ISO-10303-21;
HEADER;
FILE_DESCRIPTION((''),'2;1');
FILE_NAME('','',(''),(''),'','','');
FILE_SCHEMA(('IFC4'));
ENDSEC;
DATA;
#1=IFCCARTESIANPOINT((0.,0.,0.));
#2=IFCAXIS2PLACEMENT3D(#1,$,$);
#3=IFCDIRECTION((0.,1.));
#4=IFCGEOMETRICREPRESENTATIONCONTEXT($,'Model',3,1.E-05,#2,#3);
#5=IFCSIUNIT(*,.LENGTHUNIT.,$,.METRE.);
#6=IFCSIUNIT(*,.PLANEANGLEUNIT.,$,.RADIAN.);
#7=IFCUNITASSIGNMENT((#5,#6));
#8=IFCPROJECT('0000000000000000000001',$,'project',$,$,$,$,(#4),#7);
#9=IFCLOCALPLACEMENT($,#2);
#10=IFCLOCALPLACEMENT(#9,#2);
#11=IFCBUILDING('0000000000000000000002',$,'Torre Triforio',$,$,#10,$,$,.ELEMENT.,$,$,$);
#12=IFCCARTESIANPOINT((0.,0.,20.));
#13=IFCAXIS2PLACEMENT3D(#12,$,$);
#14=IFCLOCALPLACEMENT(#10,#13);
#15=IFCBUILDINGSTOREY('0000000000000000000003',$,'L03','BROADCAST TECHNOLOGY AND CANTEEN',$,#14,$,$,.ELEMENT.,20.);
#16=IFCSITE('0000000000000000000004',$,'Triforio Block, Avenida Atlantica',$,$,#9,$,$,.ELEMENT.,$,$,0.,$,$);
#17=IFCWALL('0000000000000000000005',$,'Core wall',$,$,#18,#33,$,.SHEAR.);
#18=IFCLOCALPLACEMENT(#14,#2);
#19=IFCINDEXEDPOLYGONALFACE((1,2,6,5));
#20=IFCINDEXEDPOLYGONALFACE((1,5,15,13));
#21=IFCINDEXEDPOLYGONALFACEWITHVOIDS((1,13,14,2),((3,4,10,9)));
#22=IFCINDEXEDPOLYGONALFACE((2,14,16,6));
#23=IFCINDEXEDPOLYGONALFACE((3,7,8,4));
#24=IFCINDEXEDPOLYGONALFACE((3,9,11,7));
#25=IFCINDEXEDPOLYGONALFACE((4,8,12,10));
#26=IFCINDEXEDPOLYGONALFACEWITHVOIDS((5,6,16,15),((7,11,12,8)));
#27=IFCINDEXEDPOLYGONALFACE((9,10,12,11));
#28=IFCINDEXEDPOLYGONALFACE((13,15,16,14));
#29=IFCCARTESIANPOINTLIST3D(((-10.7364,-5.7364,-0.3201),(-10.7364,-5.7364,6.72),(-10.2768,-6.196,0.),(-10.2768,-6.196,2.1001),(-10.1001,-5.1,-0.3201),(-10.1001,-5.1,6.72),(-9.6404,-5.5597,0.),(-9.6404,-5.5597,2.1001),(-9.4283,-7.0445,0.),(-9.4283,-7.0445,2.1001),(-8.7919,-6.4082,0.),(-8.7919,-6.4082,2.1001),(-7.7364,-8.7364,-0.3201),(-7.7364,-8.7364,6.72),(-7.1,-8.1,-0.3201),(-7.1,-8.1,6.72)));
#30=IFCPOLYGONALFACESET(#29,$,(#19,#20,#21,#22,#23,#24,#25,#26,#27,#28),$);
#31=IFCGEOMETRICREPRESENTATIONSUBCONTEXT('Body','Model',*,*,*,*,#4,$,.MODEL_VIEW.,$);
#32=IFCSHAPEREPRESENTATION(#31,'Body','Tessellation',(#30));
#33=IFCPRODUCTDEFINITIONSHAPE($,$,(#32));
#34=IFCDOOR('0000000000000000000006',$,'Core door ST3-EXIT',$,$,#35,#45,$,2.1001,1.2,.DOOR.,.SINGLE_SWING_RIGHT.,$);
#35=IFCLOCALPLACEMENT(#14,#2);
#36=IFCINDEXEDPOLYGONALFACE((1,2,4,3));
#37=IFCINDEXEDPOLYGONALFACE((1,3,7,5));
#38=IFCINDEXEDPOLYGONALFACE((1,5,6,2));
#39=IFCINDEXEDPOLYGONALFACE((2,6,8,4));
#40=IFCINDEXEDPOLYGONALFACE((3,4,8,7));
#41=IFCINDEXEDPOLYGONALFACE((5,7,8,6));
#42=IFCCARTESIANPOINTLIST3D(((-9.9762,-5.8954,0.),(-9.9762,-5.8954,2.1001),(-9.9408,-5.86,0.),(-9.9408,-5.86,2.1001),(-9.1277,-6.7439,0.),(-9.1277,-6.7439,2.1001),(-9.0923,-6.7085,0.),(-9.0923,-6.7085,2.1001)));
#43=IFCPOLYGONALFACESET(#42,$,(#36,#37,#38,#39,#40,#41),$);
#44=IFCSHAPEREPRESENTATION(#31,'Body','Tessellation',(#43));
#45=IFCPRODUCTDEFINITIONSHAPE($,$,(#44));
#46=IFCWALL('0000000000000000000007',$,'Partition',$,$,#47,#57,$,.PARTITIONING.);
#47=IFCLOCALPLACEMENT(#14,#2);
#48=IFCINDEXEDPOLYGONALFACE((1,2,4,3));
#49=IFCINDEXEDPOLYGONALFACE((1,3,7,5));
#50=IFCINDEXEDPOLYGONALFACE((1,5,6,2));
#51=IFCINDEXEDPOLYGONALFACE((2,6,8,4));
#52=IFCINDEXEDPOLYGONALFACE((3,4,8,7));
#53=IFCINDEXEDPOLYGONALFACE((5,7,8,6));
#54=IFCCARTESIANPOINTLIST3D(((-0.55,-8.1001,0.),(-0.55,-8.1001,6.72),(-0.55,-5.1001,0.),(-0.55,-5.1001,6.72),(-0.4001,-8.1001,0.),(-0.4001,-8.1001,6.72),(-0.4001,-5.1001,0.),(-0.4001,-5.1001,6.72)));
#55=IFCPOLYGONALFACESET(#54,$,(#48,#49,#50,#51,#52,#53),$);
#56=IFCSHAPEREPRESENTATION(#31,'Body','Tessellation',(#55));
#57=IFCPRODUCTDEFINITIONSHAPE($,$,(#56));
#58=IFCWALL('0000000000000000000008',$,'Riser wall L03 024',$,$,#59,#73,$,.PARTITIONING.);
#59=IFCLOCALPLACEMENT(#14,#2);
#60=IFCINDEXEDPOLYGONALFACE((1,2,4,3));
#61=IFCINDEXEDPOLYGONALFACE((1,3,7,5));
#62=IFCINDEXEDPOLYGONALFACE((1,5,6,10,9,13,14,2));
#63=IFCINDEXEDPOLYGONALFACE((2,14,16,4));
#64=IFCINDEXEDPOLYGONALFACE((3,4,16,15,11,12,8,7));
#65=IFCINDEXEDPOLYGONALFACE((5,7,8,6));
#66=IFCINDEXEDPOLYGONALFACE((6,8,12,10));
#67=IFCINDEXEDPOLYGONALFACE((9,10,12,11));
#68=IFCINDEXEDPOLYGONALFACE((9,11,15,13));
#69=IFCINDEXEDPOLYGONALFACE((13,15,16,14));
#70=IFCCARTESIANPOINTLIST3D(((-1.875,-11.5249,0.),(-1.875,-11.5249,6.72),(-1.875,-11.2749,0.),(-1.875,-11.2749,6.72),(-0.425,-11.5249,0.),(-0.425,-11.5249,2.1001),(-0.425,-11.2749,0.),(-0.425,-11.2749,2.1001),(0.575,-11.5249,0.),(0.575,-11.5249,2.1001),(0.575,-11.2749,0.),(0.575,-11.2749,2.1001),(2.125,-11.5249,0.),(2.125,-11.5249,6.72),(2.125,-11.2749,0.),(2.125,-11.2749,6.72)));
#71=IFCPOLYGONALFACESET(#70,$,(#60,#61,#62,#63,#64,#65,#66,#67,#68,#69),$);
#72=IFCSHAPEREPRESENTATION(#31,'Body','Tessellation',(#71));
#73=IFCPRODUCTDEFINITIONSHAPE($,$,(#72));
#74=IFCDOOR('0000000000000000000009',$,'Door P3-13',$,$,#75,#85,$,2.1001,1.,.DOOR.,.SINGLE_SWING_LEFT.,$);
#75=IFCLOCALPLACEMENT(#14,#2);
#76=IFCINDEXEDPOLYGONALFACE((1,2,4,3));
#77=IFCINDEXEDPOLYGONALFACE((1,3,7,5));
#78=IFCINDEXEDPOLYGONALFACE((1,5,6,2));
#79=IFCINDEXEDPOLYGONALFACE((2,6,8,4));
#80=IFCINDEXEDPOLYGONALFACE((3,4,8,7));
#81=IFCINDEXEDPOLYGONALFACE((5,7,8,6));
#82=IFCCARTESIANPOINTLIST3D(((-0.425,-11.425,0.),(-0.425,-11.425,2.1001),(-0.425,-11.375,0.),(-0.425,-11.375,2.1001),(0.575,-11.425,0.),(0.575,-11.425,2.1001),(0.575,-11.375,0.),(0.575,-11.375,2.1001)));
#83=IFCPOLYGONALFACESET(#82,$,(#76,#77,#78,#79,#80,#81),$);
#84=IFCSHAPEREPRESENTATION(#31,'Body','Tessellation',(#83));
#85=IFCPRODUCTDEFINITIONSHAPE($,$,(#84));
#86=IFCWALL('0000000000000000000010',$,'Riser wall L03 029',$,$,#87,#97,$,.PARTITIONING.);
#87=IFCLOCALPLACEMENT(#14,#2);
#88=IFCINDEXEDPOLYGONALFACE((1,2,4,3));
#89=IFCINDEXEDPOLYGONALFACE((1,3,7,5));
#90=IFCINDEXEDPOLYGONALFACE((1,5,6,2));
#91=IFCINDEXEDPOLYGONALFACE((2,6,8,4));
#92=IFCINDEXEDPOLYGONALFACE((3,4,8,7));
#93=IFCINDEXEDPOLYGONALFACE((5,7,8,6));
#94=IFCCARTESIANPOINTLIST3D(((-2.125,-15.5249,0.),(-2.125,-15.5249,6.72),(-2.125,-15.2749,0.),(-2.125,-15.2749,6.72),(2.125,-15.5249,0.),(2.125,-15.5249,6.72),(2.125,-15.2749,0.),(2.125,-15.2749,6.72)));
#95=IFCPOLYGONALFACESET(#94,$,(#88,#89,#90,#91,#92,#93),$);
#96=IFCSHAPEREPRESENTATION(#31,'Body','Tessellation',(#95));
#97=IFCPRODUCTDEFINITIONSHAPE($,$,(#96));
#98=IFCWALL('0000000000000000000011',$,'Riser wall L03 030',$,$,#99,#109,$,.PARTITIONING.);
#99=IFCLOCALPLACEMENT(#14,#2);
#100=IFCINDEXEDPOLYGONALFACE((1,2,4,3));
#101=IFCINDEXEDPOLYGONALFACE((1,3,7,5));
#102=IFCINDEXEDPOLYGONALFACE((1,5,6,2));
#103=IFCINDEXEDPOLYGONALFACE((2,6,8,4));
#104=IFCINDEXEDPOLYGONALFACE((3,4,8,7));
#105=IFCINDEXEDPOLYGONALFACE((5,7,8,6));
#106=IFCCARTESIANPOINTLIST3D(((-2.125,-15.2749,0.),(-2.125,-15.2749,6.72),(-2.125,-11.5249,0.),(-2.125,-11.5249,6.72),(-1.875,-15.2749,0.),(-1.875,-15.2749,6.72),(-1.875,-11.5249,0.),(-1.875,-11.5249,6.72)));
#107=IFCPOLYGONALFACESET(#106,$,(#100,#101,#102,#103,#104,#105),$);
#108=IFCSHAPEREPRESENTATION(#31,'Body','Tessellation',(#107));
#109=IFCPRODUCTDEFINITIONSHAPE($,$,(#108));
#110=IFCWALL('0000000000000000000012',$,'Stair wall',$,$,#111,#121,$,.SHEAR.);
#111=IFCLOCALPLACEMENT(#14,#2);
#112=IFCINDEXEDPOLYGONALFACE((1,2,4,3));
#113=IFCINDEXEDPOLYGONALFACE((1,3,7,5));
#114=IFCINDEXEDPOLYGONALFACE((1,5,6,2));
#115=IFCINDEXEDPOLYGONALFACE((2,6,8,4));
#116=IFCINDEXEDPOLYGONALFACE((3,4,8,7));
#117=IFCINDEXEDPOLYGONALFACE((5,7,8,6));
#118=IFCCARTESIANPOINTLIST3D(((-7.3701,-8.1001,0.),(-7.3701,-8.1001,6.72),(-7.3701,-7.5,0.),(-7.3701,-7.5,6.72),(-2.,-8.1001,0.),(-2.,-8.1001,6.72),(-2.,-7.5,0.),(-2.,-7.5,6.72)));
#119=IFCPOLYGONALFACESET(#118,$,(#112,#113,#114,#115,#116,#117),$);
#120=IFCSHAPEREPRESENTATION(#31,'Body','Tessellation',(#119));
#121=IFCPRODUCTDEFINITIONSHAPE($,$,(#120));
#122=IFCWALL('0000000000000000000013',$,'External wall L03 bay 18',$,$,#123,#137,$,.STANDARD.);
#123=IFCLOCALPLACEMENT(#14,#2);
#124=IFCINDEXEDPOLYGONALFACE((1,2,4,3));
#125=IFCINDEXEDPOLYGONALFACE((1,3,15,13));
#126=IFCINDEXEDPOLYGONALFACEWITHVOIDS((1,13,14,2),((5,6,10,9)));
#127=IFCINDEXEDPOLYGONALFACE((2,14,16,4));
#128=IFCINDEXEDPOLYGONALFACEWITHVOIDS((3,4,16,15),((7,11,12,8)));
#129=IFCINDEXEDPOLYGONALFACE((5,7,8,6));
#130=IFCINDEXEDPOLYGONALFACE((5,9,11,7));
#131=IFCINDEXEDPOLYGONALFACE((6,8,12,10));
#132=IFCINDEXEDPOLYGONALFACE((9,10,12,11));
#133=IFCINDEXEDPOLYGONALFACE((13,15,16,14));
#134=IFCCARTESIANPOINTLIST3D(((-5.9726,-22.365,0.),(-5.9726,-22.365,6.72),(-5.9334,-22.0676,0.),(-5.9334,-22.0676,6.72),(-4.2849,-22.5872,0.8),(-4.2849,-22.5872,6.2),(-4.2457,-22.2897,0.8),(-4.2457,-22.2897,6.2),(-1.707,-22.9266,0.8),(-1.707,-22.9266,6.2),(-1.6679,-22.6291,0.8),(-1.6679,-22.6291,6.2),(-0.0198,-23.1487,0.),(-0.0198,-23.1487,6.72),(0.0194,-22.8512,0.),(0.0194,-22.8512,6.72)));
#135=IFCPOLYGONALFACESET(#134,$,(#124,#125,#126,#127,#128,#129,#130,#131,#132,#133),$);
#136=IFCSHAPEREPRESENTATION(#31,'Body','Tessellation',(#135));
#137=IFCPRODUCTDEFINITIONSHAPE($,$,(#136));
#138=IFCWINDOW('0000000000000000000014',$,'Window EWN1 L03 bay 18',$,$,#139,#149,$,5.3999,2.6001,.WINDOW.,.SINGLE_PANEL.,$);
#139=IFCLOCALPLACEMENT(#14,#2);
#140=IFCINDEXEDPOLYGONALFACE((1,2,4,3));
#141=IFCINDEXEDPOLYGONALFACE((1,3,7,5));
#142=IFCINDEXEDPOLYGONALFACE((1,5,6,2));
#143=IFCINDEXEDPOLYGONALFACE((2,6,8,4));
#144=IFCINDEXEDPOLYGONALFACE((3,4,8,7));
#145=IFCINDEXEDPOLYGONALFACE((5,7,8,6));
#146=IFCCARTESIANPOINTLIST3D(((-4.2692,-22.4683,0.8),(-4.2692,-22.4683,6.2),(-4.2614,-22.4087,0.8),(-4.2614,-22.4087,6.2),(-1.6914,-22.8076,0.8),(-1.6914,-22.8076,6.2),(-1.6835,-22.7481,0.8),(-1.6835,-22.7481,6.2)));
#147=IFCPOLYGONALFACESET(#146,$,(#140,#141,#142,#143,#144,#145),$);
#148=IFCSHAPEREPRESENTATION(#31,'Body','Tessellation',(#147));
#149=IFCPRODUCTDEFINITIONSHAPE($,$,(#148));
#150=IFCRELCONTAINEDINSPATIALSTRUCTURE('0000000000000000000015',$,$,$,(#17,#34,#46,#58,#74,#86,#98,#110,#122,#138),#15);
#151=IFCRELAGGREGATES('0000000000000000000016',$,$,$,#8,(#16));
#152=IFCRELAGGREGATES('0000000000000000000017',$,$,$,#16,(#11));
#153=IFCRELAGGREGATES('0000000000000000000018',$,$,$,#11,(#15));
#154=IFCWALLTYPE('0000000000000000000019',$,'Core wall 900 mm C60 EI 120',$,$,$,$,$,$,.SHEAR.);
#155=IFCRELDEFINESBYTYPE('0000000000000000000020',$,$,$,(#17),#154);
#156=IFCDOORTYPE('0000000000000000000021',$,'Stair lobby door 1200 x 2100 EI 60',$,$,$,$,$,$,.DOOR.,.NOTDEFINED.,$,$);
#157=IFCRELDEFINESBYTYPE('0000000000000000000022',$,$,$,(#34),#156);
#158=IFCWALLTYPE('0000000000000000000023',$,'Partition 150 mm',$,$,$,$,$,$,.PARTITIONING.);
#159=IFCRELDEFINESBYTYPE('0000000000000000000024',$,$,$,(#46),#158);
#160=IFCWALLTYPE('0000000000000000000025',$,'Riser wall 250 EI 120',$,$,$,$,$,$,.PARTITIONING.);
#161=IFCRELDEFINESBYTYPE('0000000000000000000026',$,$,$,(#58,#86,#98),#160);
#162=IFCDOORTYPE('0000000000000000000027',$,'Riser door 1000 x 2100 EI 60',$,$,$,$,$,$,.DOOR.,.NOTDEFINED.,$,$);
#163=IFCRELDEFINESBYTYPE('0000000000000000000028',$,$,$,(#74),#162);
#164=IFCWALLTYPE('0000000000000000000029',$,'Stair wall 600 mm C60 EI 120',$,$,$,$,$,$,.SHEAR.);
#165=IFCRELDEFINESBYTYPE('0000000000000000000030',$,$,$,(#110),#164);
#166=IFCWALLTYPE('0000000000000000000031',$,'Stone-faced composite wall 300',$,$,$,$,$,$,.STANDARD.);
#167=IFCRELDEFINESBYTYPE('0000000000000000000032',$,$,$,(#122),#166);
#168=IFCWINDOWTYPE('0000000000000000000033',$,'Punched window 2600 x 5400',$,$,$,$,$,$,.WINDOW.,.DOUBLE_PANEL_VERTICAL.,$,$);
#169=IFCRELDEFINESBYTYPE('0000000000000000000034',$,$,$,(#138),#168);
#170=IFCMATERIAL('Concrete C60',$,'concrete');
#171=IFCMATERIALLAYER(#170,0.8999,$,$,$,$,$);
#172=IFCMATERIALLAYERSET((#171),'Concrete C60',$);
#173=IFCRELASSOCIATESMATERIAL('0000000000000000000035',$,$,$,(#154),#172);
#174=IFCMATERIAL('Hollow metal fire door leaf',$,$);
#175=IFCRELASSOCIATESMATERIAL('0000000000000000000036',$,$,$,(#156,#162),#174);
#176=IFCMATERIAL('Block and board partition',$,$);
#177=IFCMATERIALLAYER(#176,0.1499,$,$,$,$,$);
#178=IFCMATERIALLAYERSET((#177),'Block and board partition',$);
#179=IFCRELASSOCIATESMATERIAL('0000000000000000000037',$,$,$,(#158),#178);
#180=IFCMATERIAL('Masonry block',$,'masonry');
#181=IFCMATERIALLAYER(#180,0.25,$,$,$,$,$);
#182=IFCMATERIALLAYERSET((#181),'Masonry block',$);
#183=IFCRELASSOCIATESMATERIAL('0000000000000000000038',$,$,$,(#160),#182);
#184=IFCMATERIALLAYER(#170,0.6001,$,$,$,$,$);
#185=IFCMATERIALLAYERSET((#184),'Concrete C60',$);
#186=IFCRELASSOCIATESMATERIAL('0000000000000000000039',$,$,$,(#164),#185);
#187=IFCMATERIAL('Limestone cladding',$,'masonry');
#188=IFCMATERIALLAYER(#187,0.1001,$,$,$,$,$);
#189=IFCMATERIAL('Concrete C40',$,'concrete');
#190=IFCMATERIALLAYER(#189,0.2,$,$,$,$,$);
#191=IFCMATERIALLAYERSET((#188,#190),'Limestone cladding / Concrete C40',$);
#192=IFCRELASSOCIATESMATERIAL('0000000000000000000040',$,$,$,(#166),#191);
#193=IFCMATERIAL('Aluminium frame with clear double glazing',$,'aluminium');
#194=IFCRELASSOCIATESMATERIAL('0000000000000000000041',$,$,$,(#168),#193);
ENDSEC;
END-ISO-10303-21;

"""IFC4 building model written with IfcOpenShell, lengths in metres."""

from ifc_helpers import new_model, si_unit, direction, frame, frame_2d, origin, place, context, subcontext, project, spatial, rectangle, extrude, material, layer, layer_set, type_object, element, fill, save


model = new_model("IFC4")

# Units and contexts
model_context = context("Model", 3, precision=1e-05, world=origin(), true_north=direction((0.0, 1.0)))
body_context = subcontext(model_context, "Body", "Model", "MODEL_VIEW")
ifc_project = project(units=[si_unit("LENGTHUNIT", "METRE"), si_unit("PLANEANGLEUNIT", "RADIAN")], contexts=[model_context])

# Site, building, storey
site_placement = place(None, origin())
site = spatial("IfcSite", under=ifc_project, at=site_placement, Name="Triforio Block, Avenida Atlantica", CompositionType="ELEMENT", RefElevation=0.0)
building_placement = place(site_placement, origin())
building = spatial("IfcBuilding", under=site, at=building_placement, Name="Torre Triforio", CompositionType="ELEMENT")
storey_placement = place(building_placement, frame((0.0, 0.0, 20.0)))
storey = spatial("IfcBuildingStorey", under=building, at=storey_placement, Name="L03", Description="BROADCAST TECHNOLOGY AND CANTEEN", CompositionType="ELEMENT", Elevation=20.0)

# Shared definitions
ifc_material_1 = material(Name="Concrete C60", Category="concrete")

# Shared definitions
ifc_layer_1 = layer(ifc_material_1, 0.8999)
ifc_layer_set_1 = layer_set([ifc_layer_1], Name="Concrete C60")
wall_type_1 = type_object("IfcWallType", Name="Core wall 900 mm C60 EI 120", PredefinedType="SHEAR", material=ifc_layer_set_1)
ifc_material_2 = material(Name="Hollow metal fire door leaf")

# Wall, opening, door
wall_1_placement = place(storey_placement, frame((-7.4182, -8.4182, -0.3201), z_axis=(0.0, 0.0, 1.0), x_axis=(-0.707107, 0.707107, 0.0)))
wall_1 = element("IfcWall", 1, at=wall_1_placement, inside=storey, type_object=wall_type_1, Name="Core wall", PredefinedType="SHEAR", context=body_context, shape_type="SweptSolid", body=[
    extrude(rectangle(XDim=4.2427, YDim=0.8999, at=frame_2d((2.1213, 0.0))), origin(), (0.0, 0.0, 1.0), 7.04),
])
opening_1_placement = place(wall_1_placement, frame((2.3926, 0.0, 0.3201)))
opening_1 = element("IfcOpeningElement", 2, at=opening_1_placement, cuts=wall_1, PredefinedType="OPENING", context=body_context, shape_type="SweptSolid", body=[
    extrude(rectangle(XDim=1.2, YDim=2.1001, at=frame_2d((0.6001, 1.05))), frame((0.0, 0.46, 0.0), z_axis=(0.0, -1.0, 0.0), x_axis=(1.0, 0.0, 0.0)), (0.0, 0.0, 1.0), 0.9199),
])
door_type_1 = type_object("IfcDoorType", Name="Stair lobby door 1200 x 2100 EI 60", OperationType="NOTDEFINED", PredefinedType="DOOR", material=ifc_material_2)
door_1_placement = place(opening_1_placement, origin())
door_1 = element("IfcDoor", 3, at=door_1_placement, inside=storey, type_object=door_type_1, Name="Core door ST3-EXIT", OperationType="SINGLE_SWING_RIGHT", OverallHeight=2.1001, OverallWidth=1.2, PredefinedType="DOOR", context=body_context, shape_type="SweptSolid", body=[
    extrude(rectangle(XDim=1.2, YDim=2.1001, at=frame_2d((0.6001, 1.05))), frame((0.0, 0.0249, 0.0), z_axis=(0.0, -1.0, 0.0), x_axis=(1.0, 0.0, 0.0)), (0.0, 0.0, 1.0), 0.05),
])
fill(opening_1, door_1)

# Wall
ifc_material_3 = material(Name="Block and board partition")
ifc_layer_2 = layer(ifc_material_3, 0.1499)
ifc_layer_set_2 = layer_set([ifc_layer_2], Name="Block and board partition")
wall_type_2 = type_object("IfcWallType", Name="Partition 150 mm", PredefinedType="PARTITIONING", material=ifc_layer_set_2)
wall_2_placement = place(storey_placement, frame((-0.4751, -8.1001, 0.0), z_axis=(0.0, 0.0, 1.0), x_axis=(0.0, 1.0, 0.0)))
element("IfcWall", 4, at=wall_2_placement, inside=storey, type_object=wall_type_2, Name="Partition", PredefinedType="PARTITIONING", context=body_context, shape_type="SweptSolid", body=[
    extrude(rectangle(XDim=3.0, YDim=0.1499, at=frame_2d((1.5, 0.0))), origin(), (0.0, 0.0, 1.0), 6.72),
])

# Wall, opening, door
ifc_material_4 = material(Name="Masonry block", Category="masonry")
ifc_layer_3 = layer(ifc_material_4, 0.25)
ifc_layer_set_3 = layer_set([ifc_layer_3], Name="Masonry block")
wall_type_3 = type_object("IfcWallType", Name="Riser wall 250 EI 120", PredefinedType="PARTITIONING", material=ifc_layer_set_3)
wall_3_placement = place(storey_placement, frame((-1.875, -11.3999, 0.0), z_axis=(0.0, 0.0, 1.0), x_axis=(1.0, 0.0, 0.0)))
wall_3 = element("IfcWall", 5, at=wall_3_placement, inside=storey, type_object=wall_type_3, Name="Riser wall L03 024", PredefinedType="PARTITIONING", context=body_context, shape_type="SweptSolid", body=[
    extrude(rectangle(XDim=4.0, YDim=0.25, at=frame_2d((2.0, 0.0))), origin(), (0.0, 0.0, 1.0), 6.72),
])
opening_2_placement = place(wall_3_placement, frame((1.45, 0.0, 0.0)))
opening_2 = element("IfcOpeningElement", 6, at=opening_2_placement, cuts=wall_3, PredefinedType="OPENING", context=body_context, shape_type="SweptSolid", body=[
    extrude(rectangle(XDim=1.0, YDim=2.1001, at=frame_2d((0.5, 1.05))), frame((0.0, 0.135, 0.0), z_axis=(0.0, -1.0, 0.0), x_axis=(1.0, 0.0, 0.0)), (0.0, 0.0, 1.0), 0.27),
])
door_type_2 = type_object("IfcDoorType", Name="Riser door 1000 x 2100 EI 60", OperationType="NOTDEFINED", PredefinedType="DOOR", material=ifc_material_2)
door_2_placement = place(opening_2_placement, origin())
door_2 = element("IfcDoor", 7, at=door_2_placement, inside=storey, type_object=door_type_2, Name="Door P3-13", OperationType="SINGLE_SWING_LEFT", OverallHeight=2.1001, OverallWidth=1.0, PredefinedType="DOOR", context=body_context, shape_type="SweptSolid", body=[
    extrude(rectangle(XDim=1.0, YDim=2.1001, at=frame_2d((0.5, 1.05))), frame((0.0, 0.0249, 0.0), z_axis=(0.0, -1.0, 0.0), x_axis=(1.0, 0.0, 0.0)), (0.0, 0.0, 1.0), 0.05),
])
fill(opening_2, door_2)

# Walls
wall_4_placement = place(storey_placement, frame((-2.125, -15.3999, 0.0), z_axis=(0.0, 0.0, 1.0), x_axis=(1.0, 0.0, 0.0)))
element("IfcWall", 8, at=wall_4_placement, inside=storey, type_object=wall_type_3, Name="Riser wall L03 029", PredefinedType="PARTITIONING", context=body_context, shape_type="SweptSolid", body=[
    extrude(rectangle(XDim=4.25, YDim=0.25, at=frame_2d((2.125, 0.0))), origin(), (0.0, 0.0, 1.0), 6.72),
])
wall_5_placement = place(storey_placement, frame((-2.0, -15.2749, 0.0), z_axis=(0.0, 0.0, 1.0), x_axis=(0.0, 1.0, 0.0)))
element("IfcWall", 9, at=wall_5_placement, inside=storey, type_object=wall_type_3, Name="Riser wall L03 030", PredefinedType="PARTITIONING", context=body_context, shape_type="SweptSolid", body=[
    extrude(rectangle(XDim=3.75, YDim=0.25, at=frame_2d((1.875, 0.0))), origin(), (0.0, 0.0, 1.0), 6.72),
])
ifc_layer_4 = layer(ifc_material_1, 0.6001)
ifc_layer_set_4 = layer_set([ifc_layer_4], Name="Concrete C60")
wall_type_4 = type_object("IfcWallType", Name="Stair wall 600 mm C60 EI 120", PredefinedType="SHEAR", material=ifc_layer_set_4)
wall_6_placement = place(storey_placement, frame((-7.3701, -7.8, 0.0), z_axis=(0.0, 0.0, 1.0), x_axis=(1.0, 0.0, 0.0)))
element("IfcWall", 10, at=wall_6_placement, inside=storey, type_object=wall_type_4, Name="Stair wall", PredefinedType="SHEAR", context=body_context, shape_type="SweptSolid", body=[
    extrude(rectangle(XDim=5.3701, YDim=0.6001, at=frame_2d((2.6851, 0.0))), origin(), (0.0, 0.0, 1.0), 6.72),
])

# Wall, opening, window
ifc_material_5 = material(Name="Limestone cladding", Category="masonry")
ifc_layer_5 = layer(ifc_material_5, 0.1001)
ifc_material_6 = material(Name="Concrete C40", Category="concrete")
ifc_layer_6 = layer(ifc_material_6, 0.2)
ifc_layer_set_5 = layer_set([ifc_layer_5, ifc_layer_6], Name="Limestone cladding / Concrete C40")
wall_type_5 = type_object("IfcWallType", Name="Stone-faced composite wall 300", PredefinedType="STANDARD", material=ifc_layer_set_5)
wall_7_placement = place(storey_placement, frame((-5.9529, -22.2163, 0.0), z_axis=(0.0, 0.0, 1.0), x_axis=(0.991445, -0.130523, 0.0)))
wall_7 = element("IfcWall", 11, at=wall_7_placement, inside=storey, type_object=wall_type_5, Name="External wall L03 bay 18", PredefinedType="STANDARD", context=body_context, shape_type="SweptSolid", body=[
    extrude(rectangle(XDim=6.0042, YDim=0.3, at=frame_2d((3.002, 0.0))), origin(), (0.0, 0.0, 1.0), 6.72),
])
opening_3_placement = place(wall_7_placement, frame((1.7021, 0.0, 0.8)))
opening_3 = element("IfcOpeningElement", 12, at=opening_3_placement, cuts=wall_7, PredefinedType="OPENING", context=body_context, shape_type="SweptSolid", body=[
    extrude(rectangle(XDim=2.6001, YDim=5.3999, at=frame_2d((1.3, 2.7))), frame((0.0, 0.1599, 0.0), z_axis=(0.0, -1.0, 0.0), x_axis=(1.0, 0.0, 0.0)), (0.0, 0.0, 1.0), 0.3201),
])
ifc_material_7 = material(Name="Aluminium frame with clear double glazing", Category="aluminium")
window_type = type_object("IfcWindowType", Name="Punched window 2600 x 5400", PartitioningType="DOUBLE_PANEL_VERTICAL", PredefinedType="WINDOW", material=ifc_material_7)
window_placement = place(opening_3_placement, origin())
window = element("IfcWindow", 13, at=window_placement, inside=storey, type_object=window_type, Name="Window EWN1 L03 bay 18", OverallHeight=5.3999, OverallWidth=2.6001, PartitioningType="SINGLE_PANEL", PredefinedType="WINDOW", context=body_context, shape_type="SweptSolid", body=[
    extrude(rectangle(XDim=2.6001, YDim=5.3999, at=frame_2d((1.3, 2.7))), frame((0.0, 0.03, 0.0), z_axis=(0.0, -1.0, 0.0), x_axis=(1.0, 0.0, 0.0)), (0.0, 0.0, 1.0), 0.0601),
])
fill(opening_3, window)

save(model, "model.ifc")
